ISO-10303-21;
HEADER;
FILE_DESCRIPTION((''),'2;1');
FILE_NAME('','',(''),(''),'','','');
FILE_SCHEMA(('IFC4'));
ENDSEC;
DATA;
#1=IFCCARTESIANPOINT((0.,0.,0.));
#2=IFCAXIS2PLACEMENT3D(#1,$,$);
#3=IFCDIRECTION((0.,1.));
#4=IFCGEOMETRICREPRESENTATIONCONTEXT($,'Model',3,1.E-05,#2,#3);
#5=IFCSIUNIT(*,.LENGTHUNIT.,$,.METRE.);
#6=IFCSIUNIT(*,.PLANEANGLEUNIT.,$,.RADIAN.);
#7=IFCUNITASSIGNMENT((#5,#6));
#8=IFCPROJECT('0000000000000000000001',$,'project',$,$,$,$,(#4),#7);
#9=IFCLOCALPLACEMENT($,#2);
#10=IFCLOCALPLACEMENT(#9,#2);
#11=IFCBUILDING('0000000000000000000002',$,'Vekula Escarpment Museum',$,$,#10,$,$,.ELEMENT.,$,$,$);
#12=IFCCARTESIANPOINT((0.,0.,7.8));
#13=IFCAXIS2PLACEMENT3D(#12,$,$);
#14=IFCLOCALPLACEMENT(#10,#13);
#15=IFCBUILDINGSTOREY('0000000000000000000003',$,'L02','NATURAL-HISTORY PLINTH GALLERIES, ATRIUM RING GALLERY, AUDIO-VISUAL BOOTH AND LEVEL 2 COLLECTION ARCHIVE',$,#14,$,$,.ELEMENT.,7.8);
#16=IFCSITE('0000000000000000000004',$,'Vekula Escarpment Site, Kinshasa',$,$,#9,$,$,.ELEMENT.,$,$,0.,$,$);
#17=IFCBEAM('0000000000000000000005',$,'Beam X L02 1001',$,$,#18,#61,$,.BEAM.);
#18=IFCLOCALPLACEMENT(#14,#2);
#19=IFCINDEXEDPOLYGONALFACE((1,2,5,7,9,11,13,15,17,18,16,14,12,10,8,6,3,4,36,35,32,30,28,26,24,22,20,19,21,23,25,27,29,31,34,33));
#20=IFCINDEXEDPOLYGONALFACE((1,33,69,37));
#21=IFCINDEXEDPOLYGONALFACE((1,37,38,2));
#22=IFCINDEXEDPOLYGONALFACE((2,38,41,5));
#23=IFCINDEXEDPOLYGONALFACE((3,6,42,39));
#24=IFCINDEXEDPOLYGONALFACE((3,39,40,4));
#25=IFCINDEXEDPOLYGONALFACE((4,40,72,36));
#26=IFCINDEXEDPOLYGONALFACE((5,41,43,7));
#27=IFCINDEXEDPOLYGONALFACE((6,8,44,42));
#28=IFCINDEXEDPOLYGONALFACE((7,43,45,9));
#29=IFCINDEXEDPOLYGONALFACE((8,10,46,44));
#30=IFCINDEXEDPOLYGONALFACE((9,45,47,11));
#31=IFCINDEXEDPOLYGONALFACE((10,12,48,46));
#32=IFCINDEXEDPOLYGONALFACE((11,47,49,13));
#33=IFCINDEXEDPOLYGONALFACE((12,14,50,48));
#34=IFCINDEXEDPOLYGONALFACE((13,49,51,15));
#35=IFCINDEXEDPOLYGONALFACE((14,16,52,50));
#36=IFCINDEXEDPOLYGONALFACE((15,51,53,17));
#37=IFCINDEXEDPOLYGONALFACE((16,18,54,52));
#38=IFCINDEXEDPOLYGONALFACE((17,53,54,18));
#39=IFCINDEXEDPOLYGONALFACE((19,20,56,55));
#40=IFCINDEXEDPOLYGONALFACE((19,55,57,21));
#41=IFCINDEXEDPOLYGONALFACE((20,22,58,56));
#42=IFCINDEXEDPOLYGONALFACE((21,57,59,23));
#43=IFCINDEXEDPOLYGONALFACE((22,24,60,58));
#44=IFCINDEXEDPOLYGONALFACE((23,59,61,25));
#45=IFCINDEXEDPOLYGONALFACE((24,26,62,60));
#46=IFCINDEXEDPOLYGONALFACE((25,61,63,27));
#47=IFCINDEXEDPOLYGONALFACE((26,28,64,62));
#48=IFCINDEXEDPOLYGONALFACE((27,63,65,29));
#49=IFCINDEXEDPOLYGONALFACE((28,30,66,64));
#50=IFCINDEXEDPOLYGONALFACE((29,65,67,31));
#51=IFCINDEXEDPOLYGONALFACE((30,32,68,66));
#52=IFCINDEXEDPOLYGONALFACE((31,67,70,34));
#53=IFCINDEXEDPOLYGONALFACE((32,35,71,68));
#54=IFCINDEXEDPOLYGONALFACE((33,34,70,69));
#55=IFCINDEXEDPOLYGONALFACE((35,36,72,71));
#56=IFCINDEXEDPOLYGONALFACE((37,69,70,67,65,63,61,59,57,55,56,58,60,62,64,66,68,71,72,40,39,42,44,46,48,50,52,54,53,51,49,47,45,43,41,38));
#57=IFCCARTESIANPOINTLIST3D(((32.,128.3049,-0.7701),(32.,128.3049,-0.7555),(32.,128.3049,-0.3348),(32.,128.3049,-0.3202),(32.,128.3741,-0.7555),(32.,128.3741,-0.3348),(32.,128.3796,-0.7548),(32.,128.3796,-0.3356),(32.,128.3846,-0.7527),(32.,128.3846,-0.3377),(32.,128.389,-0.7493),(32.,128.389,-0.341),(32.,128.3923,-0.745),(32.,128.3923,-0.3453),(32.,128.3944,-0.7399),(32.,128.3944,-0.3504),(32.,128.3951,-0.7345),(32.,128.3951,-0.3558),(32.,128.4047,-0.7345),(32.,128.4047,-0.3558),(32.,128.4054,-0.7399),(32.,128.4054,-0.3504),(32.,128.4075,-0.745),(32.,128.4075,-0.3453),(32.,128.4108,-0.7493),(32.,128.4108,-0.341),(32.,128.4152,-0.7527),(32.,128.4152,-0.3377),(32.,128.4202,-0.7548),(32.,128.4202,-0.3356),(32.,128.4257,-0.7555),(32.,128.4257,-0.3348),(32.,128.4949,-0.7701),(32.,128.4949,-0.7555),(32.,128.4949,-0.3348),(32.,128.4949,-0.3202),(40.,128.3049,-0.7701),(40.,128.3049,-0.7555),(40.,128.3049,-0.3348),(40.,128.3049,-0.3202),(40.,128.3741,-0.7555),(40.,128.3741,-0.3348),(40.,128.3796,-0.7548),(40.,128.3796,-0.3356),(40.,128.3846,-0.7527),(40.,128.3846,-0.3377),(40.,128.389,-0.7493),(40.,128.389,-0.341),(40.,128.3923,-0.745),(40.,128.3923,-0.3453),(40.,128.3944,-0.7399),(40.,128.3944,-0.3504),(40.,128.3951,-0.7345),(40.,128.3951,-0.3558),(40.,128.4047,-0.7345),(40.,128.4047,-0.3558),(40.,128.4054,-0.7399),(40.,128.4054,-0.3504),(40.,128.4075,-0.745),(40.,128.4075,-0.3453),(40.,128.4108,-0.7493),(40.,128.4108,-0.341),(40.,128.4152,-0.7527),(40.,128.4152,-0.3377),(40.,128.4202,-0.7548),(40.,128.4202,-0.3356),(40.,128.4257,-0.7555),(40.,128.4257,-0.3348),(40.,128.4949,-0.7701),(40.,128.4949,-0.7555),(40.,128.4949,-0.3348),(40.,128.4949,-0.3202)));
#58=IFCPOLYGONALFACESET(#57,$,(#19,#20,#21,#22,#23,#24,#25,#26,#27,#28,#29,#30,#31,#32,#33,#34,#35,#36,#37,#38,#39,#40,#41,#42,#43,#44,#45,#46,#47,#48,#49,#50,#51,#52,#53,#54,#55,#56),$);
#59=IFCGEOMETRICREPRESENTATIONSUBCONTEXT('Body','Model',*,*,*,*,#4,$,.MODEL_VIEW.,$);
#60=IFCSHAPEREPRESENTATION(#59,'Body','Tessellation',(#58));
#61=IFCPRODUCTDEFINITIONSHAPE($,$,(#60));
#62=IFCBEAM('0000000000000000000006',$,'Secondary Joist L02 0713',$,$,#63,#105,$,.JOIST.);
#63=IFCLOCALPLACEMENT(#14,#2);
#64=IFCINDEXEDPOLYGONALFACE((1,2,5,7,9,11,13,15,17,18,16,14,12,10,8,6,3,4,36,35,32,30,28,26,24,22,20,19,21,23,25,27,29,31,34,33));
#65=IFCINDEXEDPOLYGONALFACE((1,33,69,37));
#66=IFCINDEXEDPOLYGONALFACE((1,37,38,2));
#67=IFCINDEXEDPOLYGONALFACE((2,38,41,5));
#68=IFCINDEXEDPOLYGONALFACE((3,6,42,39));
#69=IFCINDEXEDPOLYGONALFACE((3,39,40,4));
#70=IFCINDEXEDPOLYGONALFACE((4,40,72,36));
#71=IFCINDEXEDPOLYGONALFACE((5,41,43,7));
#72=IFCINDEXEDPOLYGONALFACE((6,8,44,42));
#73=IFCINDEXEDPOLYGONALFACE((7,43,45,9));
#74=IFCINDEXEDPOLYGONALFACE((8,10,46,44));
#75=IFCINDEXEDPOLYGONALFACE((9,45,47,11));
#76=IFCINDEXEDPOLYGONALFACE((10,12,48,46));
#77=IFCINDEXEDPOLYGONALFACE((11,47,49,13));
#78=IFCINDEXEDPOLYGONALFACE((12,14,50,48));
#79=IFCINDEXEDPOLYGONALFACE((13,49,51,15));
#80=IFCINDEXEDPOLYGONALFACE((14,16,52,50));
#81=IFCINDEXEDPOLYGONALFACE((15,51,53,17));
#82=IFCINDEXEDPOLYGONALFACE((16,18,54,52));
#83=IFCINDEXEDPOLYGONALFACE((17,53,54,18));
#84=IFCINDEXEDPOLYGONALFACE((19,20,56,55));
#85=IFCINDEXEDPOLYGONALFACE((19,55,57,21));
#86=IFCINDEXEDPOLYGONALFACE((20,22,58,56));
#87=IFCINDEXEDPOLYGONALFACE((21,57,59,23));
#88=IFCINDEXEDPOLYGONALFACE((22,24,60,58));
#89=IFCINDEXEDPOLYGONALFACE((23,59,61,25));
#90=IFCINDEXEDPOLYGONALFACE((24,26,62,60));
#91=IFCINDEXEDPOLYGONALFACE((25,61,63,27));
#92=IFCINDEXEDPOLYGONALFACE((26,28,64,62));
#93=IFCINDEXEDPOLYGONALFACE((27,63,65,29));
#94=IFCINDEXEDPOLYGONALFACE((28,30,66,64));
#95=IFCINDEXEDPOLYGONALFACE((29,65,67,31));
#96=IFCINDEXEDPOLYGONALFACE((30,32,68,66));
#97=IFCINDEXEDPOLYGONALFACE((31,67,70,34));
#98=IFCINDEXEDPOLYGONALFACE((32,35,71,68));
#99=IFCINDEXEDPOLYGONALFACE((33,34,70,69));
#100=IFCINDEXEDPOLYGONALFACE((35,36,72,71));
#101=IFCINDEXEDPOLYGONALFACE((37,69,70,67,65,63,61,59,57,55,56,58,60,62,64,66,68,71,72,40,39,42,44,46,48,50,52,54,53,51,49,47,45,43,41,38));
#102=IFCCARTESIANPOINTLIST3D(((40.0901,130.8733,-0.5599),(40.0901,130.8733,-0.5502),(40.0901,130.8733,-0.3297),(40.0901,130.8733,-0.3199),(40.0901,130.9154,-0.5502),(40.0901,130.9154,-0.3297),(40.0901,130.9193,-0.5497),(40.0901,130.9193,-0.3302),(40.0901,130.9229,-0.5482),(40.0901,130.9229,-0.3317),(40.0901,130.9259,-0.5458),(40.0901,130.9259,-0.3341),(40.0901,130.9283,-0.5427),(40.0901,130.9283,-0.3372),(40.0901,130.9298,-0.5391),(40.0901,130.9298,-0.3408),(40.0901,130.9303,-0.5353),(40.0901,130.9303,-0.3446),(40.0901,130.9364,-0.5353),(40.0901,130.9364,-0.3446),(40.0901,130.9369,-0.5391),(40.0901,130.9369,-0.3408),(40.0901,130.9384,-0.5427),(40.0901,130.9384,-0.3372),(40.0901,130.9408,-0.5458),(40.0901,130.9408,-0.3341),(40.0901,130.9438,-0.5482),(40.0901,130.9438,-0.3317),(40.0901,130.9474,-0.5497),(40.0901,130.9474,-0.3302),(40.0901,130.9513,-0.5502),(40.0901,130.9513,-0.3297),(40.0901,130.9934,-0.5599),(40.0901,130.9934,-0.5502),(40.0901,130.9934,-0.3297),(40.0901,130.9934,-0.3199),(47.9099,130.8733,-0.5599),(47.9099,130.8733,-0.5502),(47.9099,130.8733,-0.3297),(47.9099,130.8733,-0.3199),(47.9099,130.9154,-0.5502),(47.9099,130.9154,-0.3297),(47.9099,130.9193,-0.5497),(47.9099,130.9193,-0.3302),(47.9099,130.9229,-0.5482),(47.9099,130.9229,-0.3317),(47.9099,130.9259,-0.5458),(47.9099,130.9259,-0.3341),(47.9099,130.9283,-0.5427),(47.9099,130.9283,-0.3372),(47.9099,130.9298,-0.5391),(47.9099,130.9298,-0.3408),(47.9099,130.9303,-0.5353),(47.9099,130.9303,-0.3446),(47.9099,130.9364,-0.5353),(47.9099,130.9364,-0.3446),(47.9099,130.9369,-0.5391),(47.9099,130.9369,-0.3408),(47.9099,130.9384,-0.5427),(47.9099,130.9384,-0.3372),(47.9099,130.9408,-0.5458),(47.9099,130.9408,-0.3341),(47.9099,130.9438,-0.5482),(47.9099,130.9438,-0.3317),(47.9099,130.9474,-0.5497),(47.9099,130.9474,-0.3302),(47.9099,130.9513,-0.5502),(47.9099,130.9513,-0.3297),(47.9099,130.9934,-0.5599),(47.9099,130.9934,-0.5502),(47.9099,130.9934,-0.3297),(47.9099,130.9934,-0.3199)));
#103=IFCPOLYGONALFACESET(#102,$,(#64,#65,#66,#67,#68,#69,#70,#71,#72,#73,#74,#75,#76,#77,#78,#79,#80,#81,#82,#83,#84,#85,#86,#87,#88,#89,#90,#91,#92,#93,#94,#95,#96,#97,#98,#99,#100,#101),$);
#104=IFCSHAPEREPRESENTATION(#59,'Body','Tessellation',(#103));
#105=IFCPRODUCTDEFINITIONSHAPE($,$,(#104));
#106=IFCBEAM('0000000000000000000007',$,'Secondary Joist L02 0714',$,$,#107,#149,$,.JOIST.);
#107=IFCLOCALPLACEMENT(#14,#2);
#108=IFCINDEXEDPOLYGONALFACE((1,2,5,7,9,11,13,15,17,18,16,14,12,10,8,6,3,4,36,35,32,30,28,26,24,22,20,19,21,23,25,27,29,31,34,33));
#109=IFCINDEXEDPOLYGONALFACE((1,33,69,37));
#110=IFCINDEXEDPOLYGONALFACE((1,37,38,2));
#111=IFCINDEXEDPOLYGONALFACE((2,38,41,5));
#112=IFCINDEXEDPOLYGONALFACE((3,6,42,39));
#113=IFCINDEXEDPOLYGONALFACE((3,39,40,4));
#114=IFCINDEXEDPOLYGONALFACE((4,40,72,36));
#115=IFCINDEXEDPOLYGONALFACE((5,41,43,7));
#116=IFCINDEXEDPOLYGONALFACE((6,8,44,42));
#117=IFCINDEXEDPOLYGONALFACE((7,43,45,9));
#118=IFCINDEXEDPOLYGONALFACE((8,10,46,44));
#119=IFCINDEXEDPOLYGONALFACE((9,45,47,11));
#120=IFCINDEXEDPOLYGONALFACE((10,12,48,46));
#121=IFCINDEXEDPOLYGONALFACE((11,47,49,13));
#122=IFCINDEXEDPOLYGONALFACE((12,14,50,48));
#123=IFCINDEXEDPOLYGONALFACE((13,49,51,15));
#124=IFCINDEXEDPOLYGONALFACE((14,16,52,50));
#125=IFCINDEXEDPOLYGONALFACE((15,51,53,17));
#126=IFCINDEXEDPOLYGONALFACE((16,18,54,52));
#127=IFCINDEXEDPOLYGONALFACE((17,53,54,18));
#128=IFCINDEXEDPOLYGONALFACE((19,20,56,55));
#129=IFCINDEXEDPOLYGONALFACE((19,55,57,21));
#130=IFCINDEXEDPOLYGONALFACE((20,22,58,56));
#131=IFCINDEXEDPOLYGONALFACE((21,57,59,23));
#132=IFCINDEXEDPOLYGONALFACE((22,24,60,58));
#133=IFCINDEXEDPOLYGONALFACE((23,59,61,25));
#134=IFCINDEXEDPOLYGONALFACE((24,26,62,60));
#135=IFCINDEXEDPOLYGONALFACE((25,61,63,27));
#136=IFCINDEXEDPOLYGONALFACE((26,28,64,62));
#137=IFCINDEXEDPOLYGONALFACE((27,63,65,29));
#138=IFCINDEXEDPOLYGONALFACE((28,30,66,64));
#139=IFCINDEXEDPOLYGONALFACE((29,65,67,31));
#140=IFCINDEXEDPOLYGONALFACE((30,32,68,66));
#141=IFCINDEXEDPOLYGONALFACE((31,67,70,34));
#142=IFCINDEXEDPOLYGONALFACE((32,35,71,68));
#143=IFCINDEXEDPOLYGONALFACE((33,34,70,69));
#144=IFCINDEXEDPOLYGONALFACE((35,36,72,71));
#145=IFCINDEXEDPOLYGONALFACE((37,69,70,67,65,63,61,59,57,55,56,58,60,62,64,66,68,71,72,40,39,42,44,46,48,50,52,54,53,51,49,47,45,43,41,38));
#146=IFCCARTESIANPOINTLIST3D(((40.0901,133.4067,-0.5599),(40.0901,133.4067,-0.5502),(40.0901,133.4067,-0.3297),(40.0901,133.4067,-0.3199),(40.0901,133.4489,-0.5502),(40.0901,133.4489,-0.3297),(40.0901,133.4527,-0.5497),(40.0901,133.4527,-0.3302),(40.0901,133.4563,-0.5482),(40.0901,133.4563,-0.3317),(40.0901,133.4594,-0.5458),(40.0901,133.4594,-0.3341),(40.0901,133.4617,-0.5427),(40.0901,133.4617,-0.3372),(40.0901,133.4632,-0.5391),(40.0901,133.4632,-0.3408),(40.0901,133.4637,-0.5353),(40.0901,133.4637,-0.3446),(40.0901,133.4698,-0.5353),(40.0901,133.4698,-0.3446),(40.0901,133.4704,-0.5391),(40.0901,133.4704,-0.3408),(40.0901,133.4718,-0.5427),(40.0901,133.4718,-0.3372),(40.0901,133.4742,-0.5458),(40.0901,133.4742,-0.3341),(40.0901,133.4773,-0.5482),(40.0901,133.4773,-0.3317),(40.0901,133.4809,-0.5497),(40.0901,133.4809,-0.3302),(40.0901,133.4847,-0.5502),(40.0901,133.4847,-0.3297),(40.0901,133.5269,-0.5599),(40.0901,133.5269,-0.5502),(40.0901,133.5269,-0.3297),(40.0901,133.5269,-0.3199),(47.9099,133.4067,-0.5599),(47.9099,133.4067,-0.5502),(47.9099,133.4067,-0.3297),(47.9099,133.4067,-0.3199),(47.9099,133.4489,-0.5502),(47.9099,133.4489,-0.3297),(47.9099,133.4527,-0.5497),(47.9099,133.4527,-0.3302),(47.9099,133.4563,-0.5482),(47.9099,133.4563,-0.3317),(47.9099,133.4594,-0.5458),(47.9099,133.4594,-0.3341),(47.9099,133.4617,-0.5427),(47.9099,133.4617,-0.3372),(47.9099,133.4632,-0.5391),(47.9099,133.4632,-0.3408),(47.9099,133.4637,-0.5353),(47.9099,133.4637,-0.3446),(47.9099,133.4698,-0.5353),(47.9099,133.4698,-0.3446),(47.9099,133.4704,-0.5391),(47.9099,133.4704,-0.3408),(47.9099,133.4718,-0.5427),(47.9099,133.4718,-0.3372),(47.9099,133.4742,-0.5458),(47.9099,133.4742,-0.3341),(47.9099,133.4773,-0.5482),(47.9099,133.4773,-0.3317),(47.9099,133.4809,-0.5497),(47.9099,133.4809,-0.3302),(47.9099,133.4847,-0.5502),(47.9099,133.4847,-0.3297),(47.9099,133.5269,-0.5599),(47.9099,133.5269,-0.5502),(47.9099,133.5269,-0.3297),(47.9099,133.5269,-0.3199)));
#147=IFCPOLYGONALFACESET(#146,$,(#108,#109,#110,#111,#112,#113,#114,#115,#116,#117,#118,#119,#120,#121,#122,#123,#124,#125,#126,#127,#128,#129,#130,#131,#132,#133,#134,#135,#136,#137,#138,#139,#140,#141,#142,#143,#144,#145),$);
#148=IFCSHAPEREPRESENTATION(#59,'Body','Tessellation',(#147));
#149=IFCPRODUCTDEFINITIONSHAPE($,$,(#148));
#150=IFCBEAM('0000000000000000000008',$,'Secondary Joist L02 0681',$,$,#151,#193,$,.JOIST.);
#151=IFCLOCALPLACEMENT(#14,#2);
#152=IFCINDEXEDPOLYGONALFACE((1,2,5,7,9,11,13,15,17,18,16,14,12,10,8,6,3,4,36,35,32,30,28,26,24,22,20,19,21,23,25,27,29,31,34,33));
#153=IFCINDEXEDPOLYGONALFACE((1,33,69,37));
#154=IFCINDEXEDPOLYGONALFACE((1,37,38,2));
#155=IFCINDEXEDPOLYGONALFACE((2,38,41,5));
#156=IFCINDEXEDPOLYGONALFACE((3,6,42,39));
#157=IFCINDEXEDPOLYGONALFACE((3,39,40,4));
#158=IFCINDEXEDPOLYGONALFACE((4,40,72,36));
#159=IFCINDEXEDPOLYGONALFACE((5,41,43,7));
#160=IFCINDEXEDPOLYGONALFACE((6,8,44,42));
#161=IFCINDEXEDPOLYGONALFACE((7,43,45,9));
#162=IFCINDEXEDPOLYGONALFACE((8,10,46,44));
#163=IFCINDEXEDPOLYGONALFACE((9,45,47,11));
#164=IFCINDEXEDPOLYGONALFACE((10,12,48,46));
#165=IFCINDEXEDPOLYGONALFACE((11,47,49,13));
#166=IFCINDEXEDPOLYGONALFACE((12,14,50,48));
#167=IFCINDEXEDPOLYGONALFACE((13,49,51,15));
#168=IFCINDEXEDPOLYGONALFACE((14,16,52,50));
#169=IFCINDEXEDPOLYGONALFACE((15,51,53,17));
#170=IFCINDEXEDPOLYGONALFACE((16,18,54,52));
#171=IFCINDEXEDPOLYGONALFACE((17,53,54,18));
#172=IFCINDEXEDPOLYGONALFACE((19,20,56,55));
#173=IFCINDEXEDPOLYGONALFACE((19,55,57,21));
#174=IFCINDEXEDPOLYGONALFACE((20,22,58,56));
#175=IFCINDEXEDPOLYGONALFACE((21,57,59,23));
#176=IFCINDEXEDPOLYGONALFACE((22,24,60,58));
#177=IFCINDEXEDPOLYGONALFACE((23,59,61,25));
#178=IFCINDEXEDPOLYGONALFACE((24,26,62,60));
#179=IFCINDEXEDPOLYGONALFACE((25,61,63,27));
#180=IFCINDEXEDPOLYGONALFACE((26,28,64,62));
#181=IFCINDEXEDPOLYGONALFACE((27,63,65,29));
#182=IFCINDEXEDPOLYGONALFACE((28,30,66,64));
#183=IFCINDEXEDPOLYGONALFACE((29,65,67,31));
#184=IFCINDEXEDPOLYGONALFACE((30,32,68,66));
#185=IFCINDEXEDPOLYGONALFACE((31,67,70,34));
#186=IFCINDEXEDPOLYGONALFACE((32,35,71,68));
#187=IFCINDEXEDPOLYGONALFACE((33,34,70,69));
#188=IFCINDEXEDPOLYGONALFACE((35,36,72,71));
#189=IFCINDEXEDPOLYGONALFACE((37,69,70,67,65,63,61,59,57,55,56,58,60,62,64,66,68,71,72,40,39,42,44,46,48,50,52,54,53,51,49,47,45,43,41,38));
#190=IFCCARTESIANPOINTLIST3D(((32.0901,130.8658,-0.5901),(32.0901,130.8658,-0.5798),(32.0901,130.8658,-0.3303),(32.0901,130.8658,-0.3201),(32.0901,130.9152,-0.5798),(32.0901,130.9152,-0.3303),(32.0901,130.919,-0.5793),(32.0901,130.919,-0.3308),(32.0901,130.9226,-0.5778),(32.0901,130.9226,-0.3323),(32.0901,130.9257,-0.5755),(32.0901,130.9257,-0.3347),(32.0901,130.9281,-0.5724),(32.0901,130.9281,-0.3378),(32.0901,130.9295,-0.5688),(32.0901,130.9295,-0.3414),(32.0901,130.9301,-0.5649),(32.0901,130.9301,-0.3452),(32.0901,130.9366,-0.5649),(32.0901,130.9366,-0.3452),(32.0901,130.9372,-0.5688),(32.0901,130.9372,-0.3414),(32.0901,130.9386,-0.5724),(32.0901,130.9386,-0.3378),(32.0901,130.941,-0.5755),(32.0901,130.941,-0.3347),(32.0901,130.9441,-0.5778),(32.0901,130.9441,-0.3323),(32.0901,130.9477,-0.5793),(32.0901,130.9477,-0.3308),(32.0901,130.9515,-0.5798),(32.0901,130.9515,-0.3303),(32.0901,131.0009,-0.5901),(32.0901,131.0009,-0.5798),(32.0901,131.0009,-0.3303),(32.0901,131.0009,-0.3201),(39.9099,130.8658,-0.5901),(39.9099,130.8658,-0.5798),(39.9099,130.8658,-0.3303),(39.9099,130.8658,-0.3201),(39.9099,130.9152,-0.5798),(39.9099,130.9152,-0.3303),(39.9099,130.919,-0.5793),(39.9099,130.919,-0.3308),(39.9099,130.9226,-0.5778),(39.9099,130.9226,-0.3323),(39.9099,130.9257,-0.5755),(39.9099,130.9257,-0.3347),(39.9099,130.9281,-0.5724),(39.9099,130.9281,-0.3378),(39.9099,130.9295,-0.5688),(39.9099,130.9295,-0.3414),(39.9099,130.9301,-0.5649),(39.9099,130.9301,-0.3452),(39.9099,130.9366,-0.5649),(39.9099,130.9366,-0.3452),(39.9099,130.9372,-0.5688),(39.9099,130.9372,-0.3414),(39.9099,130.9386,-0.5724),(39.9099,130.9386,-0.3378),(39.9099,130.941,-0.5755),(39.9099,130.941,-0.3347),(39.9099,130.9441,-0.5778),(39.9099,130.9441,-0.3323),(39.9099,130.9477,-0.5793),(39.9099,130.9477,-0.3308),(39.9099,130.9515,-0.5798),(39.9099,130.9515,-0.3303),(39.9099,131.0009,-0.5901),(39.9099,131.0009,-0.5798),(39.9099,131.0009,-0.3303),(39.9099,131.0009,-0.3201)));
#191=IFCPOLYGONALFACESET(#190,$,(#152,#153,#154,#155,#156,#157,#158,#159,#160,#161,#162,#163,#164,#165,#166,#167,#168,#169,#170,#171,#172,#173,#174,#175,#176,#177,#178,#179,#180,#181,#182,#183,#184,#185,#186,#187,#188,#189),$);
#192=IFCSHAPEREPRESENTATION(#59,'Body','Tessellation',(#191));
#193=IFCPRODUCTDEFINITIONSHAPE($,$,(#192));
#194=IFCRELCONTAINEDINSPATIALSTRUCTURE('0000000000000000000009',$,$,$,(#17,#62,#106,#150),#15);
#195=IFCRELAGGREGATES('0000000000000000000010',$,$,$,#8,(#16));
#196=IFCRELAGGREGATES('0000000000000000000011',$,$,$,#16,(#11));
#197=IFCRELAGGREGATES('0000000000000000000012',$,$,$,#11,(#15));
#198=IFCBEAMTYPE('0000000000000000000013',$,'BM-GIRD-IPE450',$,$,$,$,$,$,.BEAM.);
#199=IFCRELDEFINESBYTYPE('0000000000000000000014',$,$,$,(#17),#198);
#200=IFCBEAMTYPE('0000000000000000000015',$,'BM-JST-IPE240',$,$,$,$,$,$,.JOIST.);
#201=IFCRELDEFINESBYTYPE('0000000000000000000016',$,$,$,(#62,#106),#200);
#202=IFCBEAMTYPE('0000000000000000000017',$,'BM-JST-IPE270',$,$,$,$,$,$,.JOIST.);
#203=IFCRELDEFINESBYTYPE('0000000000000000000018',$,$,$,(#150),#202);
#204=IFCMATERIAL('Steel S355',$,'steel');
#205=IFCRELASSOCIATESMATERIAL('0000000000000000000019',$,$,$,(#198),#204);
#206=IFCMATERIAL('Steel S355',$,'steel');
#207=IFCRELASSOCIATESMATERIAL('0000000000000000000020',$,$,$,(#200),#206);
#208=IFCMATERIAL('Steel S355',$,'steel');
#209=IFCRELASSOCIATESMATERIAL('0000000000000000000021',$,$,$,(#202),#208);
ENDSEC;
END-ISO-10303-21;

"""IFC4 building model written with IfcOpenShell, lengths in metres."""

from ifc_helpers import new_model, si_unit, direction, frame, origin, origin_2d, place, context, subcontext, project, spatial, i_section, extrude, material, material_profile, profile_set, type_object, element, save


model = new_model("IFC4")

# Units and contexts
model_context = context("Model", 3, precision=1e-05, world=origin(), true_north=direction((0.0, 1.0)))
body_context = subcontext(model_context, "Body", "Model", "MODEL_VIEW")
ifc_project = project(units=[si_unit("LENGTHUNIT", "METRE"), si_unit("PLANEANGLEUNIT", "RADIAN")], contexts=[model_context])

# Site, building, storey
site_placement = place(None, origin())
site = spatial("IfcSite", under=ifc_project, at=site_placement, Name="Vekula Escarpment Site, Kinshasa", CompositionType="ELEMENT", RefElevation=0.0)
building_placement = place(site_placement, origin())
building = spatial("IfcBuilding", under=site, at=building_placement, Name="Vekula Escarpment Museum", CompositionType="ELEMENT")
storey_placement = place(building_placement, frame((0.0, 0.0, 7.8)))
storey = spatial("IfcBuildingStorey", under=building, at=storey_placement, Name="L02", Description="NATURAL-HISTORY PLINTH GALLERIES, ATRIUM RING GALLERY, AUDIO-VISUAL BOOTH AND LEVEL 2 COLLECTION ARCHIVE", CompositionType="ELEMENT", Elevation=7.8)

# Beams
ifc_material_1 = material(Name="Steel S355", Category="steel")
ifc_material_profile_1 = material_profile(ifc_material_1, i_section(OverallWidth=0.1899, OverallDepth=0.45, WebThickness=0.0095, FlangeThickness=0.0146, FilletRadius=0.021, at=origin_2d()), Name="IPE 450")
ifc_profile_set_1 = profile_set([ifc_material_profile_1], Name="Steel S355")
beam_type_1 = type_object("IfcBeamType", Name="BM-GIRD-IPE450", PredefinedType="BEAM", material=ifc_profile_set_1)
beam_1_placement = place(storey_placement, frame((32.0, 128.3999, -0.5452), z_axis=(1.0, 0.0, 0.0), x_axis=(0.0, 1.0, 0.0)))
element("IfcBeam", 1, at=beam_1_placement, inside=storey, type_object=beam_type_1, Name="Beam X L02 1001", PredefinedType="BEAM", context=body_context, shape_type="SweptSolid", body=[
    extrude(i_section(OverallWidth=0.1899, OverallDepth=0.45, WebThickness=0.0095, FlangeThickness=0.0146, FilletRadius=0.021, at=origin_2d()), origin(), (0.0, 0.0, 1.0), 8.0),
])
ifc_material_2 = material(Name="Steel S355", Category="steel")
ifc_material_profile_2 = material_profile(ifc_material_2, i_section(OverallWidth=0.1201, OverallDepth=0.24, WebThickness=0.0061, FlangeThickness=0.0098, FilletRadius=0.0149, at=origin_2d()), Name="IPE 240")
ifc_profile_set_2 = profile_set([ifc_material_profile_2], Name="Steel S355")
beam_type_2 = type_object("IfcBeamType", Name="BM-JST-IPE240", PredefinedType="JOIST", material=ifc_profile_set_2)
for number, where, z_axis, x_axis, name in (
    (2, (40.0901, 130.9333, -0.4399), (1.0, 0.0, 0.0), (0.0, 1.0, 0.0), "Secondary Joist L02 0713"),
    (3, (40.0901, 133.4668, -0.4399), (1.0, 0.0, 0.0), (0.0, 1.0, 0.0), "Secondary Joist L02 0714"),
):
    element("IfcBeam", number, at=place(storey_placement, frame(where, z_axis=z_axis, x_axis=x_axis)), inside=storey, type_object=beam_type_2, Name=name, PredefinedType="JOIST", context=body_context, shape_type="SweptSolid", body=[
        extrude(i_section(OverallWidth=0.1201, OverallDepth=0.24, WebThickness=0.0061, FlangeThickness=0.0098, FilletRadius=0.0149, at=origin_2d()), origin(), (0.0, 0.0, 1.0), 7.8198),
    ])
ifc_material_3 = material(Name="Steel S355", Category="steel")
ifc_material_profile_3 = material_profile(ifc_material_3, i_section(OverallWidth=0.135, OverallDepth=0.27, WebThickness=0.0066, FlangeThickness=0.0103, FilletRadius=0.0149, at=origin_2d()), Name="IPE 270")
ifc_profile_set_3 = profile_set([ifc_material_profile_3], Name="Steel S355")
beam_type_3 = type_object("IfcBeamType", Name="BM-JST-IPE270", PredefinedType="JOIST", material=ifc_profile_set_3)
for number, where, z_axis, x_axis, name in (
    (4, (32.0901, 130.9333, -0.4551), (1.0, 0.0, 0.0), (0.0, 1.0, 0.0), "Secondary Joist L02 0681"),
):
    element("IfcBeam", number, at=place(storey_placement, frame(where, z_axis=z_axis, x_axis=x_axis)), inside=storey, type_object=beam_type_3, Name=name, PredefinedType="JOIST", context=body_context, shape_type="SweptSolid", body=[
        extrude(i_section(OverallWidth=0.135, OverallDepth=0.27, WebThickness=0.0066, FlangeThickness=0.0103, FilletRadius=0.0149, at=origin_2d()), origin(), (0.0, 0.0, 1.0), 7.8198),
    ])

save(model, "model.ifc")
